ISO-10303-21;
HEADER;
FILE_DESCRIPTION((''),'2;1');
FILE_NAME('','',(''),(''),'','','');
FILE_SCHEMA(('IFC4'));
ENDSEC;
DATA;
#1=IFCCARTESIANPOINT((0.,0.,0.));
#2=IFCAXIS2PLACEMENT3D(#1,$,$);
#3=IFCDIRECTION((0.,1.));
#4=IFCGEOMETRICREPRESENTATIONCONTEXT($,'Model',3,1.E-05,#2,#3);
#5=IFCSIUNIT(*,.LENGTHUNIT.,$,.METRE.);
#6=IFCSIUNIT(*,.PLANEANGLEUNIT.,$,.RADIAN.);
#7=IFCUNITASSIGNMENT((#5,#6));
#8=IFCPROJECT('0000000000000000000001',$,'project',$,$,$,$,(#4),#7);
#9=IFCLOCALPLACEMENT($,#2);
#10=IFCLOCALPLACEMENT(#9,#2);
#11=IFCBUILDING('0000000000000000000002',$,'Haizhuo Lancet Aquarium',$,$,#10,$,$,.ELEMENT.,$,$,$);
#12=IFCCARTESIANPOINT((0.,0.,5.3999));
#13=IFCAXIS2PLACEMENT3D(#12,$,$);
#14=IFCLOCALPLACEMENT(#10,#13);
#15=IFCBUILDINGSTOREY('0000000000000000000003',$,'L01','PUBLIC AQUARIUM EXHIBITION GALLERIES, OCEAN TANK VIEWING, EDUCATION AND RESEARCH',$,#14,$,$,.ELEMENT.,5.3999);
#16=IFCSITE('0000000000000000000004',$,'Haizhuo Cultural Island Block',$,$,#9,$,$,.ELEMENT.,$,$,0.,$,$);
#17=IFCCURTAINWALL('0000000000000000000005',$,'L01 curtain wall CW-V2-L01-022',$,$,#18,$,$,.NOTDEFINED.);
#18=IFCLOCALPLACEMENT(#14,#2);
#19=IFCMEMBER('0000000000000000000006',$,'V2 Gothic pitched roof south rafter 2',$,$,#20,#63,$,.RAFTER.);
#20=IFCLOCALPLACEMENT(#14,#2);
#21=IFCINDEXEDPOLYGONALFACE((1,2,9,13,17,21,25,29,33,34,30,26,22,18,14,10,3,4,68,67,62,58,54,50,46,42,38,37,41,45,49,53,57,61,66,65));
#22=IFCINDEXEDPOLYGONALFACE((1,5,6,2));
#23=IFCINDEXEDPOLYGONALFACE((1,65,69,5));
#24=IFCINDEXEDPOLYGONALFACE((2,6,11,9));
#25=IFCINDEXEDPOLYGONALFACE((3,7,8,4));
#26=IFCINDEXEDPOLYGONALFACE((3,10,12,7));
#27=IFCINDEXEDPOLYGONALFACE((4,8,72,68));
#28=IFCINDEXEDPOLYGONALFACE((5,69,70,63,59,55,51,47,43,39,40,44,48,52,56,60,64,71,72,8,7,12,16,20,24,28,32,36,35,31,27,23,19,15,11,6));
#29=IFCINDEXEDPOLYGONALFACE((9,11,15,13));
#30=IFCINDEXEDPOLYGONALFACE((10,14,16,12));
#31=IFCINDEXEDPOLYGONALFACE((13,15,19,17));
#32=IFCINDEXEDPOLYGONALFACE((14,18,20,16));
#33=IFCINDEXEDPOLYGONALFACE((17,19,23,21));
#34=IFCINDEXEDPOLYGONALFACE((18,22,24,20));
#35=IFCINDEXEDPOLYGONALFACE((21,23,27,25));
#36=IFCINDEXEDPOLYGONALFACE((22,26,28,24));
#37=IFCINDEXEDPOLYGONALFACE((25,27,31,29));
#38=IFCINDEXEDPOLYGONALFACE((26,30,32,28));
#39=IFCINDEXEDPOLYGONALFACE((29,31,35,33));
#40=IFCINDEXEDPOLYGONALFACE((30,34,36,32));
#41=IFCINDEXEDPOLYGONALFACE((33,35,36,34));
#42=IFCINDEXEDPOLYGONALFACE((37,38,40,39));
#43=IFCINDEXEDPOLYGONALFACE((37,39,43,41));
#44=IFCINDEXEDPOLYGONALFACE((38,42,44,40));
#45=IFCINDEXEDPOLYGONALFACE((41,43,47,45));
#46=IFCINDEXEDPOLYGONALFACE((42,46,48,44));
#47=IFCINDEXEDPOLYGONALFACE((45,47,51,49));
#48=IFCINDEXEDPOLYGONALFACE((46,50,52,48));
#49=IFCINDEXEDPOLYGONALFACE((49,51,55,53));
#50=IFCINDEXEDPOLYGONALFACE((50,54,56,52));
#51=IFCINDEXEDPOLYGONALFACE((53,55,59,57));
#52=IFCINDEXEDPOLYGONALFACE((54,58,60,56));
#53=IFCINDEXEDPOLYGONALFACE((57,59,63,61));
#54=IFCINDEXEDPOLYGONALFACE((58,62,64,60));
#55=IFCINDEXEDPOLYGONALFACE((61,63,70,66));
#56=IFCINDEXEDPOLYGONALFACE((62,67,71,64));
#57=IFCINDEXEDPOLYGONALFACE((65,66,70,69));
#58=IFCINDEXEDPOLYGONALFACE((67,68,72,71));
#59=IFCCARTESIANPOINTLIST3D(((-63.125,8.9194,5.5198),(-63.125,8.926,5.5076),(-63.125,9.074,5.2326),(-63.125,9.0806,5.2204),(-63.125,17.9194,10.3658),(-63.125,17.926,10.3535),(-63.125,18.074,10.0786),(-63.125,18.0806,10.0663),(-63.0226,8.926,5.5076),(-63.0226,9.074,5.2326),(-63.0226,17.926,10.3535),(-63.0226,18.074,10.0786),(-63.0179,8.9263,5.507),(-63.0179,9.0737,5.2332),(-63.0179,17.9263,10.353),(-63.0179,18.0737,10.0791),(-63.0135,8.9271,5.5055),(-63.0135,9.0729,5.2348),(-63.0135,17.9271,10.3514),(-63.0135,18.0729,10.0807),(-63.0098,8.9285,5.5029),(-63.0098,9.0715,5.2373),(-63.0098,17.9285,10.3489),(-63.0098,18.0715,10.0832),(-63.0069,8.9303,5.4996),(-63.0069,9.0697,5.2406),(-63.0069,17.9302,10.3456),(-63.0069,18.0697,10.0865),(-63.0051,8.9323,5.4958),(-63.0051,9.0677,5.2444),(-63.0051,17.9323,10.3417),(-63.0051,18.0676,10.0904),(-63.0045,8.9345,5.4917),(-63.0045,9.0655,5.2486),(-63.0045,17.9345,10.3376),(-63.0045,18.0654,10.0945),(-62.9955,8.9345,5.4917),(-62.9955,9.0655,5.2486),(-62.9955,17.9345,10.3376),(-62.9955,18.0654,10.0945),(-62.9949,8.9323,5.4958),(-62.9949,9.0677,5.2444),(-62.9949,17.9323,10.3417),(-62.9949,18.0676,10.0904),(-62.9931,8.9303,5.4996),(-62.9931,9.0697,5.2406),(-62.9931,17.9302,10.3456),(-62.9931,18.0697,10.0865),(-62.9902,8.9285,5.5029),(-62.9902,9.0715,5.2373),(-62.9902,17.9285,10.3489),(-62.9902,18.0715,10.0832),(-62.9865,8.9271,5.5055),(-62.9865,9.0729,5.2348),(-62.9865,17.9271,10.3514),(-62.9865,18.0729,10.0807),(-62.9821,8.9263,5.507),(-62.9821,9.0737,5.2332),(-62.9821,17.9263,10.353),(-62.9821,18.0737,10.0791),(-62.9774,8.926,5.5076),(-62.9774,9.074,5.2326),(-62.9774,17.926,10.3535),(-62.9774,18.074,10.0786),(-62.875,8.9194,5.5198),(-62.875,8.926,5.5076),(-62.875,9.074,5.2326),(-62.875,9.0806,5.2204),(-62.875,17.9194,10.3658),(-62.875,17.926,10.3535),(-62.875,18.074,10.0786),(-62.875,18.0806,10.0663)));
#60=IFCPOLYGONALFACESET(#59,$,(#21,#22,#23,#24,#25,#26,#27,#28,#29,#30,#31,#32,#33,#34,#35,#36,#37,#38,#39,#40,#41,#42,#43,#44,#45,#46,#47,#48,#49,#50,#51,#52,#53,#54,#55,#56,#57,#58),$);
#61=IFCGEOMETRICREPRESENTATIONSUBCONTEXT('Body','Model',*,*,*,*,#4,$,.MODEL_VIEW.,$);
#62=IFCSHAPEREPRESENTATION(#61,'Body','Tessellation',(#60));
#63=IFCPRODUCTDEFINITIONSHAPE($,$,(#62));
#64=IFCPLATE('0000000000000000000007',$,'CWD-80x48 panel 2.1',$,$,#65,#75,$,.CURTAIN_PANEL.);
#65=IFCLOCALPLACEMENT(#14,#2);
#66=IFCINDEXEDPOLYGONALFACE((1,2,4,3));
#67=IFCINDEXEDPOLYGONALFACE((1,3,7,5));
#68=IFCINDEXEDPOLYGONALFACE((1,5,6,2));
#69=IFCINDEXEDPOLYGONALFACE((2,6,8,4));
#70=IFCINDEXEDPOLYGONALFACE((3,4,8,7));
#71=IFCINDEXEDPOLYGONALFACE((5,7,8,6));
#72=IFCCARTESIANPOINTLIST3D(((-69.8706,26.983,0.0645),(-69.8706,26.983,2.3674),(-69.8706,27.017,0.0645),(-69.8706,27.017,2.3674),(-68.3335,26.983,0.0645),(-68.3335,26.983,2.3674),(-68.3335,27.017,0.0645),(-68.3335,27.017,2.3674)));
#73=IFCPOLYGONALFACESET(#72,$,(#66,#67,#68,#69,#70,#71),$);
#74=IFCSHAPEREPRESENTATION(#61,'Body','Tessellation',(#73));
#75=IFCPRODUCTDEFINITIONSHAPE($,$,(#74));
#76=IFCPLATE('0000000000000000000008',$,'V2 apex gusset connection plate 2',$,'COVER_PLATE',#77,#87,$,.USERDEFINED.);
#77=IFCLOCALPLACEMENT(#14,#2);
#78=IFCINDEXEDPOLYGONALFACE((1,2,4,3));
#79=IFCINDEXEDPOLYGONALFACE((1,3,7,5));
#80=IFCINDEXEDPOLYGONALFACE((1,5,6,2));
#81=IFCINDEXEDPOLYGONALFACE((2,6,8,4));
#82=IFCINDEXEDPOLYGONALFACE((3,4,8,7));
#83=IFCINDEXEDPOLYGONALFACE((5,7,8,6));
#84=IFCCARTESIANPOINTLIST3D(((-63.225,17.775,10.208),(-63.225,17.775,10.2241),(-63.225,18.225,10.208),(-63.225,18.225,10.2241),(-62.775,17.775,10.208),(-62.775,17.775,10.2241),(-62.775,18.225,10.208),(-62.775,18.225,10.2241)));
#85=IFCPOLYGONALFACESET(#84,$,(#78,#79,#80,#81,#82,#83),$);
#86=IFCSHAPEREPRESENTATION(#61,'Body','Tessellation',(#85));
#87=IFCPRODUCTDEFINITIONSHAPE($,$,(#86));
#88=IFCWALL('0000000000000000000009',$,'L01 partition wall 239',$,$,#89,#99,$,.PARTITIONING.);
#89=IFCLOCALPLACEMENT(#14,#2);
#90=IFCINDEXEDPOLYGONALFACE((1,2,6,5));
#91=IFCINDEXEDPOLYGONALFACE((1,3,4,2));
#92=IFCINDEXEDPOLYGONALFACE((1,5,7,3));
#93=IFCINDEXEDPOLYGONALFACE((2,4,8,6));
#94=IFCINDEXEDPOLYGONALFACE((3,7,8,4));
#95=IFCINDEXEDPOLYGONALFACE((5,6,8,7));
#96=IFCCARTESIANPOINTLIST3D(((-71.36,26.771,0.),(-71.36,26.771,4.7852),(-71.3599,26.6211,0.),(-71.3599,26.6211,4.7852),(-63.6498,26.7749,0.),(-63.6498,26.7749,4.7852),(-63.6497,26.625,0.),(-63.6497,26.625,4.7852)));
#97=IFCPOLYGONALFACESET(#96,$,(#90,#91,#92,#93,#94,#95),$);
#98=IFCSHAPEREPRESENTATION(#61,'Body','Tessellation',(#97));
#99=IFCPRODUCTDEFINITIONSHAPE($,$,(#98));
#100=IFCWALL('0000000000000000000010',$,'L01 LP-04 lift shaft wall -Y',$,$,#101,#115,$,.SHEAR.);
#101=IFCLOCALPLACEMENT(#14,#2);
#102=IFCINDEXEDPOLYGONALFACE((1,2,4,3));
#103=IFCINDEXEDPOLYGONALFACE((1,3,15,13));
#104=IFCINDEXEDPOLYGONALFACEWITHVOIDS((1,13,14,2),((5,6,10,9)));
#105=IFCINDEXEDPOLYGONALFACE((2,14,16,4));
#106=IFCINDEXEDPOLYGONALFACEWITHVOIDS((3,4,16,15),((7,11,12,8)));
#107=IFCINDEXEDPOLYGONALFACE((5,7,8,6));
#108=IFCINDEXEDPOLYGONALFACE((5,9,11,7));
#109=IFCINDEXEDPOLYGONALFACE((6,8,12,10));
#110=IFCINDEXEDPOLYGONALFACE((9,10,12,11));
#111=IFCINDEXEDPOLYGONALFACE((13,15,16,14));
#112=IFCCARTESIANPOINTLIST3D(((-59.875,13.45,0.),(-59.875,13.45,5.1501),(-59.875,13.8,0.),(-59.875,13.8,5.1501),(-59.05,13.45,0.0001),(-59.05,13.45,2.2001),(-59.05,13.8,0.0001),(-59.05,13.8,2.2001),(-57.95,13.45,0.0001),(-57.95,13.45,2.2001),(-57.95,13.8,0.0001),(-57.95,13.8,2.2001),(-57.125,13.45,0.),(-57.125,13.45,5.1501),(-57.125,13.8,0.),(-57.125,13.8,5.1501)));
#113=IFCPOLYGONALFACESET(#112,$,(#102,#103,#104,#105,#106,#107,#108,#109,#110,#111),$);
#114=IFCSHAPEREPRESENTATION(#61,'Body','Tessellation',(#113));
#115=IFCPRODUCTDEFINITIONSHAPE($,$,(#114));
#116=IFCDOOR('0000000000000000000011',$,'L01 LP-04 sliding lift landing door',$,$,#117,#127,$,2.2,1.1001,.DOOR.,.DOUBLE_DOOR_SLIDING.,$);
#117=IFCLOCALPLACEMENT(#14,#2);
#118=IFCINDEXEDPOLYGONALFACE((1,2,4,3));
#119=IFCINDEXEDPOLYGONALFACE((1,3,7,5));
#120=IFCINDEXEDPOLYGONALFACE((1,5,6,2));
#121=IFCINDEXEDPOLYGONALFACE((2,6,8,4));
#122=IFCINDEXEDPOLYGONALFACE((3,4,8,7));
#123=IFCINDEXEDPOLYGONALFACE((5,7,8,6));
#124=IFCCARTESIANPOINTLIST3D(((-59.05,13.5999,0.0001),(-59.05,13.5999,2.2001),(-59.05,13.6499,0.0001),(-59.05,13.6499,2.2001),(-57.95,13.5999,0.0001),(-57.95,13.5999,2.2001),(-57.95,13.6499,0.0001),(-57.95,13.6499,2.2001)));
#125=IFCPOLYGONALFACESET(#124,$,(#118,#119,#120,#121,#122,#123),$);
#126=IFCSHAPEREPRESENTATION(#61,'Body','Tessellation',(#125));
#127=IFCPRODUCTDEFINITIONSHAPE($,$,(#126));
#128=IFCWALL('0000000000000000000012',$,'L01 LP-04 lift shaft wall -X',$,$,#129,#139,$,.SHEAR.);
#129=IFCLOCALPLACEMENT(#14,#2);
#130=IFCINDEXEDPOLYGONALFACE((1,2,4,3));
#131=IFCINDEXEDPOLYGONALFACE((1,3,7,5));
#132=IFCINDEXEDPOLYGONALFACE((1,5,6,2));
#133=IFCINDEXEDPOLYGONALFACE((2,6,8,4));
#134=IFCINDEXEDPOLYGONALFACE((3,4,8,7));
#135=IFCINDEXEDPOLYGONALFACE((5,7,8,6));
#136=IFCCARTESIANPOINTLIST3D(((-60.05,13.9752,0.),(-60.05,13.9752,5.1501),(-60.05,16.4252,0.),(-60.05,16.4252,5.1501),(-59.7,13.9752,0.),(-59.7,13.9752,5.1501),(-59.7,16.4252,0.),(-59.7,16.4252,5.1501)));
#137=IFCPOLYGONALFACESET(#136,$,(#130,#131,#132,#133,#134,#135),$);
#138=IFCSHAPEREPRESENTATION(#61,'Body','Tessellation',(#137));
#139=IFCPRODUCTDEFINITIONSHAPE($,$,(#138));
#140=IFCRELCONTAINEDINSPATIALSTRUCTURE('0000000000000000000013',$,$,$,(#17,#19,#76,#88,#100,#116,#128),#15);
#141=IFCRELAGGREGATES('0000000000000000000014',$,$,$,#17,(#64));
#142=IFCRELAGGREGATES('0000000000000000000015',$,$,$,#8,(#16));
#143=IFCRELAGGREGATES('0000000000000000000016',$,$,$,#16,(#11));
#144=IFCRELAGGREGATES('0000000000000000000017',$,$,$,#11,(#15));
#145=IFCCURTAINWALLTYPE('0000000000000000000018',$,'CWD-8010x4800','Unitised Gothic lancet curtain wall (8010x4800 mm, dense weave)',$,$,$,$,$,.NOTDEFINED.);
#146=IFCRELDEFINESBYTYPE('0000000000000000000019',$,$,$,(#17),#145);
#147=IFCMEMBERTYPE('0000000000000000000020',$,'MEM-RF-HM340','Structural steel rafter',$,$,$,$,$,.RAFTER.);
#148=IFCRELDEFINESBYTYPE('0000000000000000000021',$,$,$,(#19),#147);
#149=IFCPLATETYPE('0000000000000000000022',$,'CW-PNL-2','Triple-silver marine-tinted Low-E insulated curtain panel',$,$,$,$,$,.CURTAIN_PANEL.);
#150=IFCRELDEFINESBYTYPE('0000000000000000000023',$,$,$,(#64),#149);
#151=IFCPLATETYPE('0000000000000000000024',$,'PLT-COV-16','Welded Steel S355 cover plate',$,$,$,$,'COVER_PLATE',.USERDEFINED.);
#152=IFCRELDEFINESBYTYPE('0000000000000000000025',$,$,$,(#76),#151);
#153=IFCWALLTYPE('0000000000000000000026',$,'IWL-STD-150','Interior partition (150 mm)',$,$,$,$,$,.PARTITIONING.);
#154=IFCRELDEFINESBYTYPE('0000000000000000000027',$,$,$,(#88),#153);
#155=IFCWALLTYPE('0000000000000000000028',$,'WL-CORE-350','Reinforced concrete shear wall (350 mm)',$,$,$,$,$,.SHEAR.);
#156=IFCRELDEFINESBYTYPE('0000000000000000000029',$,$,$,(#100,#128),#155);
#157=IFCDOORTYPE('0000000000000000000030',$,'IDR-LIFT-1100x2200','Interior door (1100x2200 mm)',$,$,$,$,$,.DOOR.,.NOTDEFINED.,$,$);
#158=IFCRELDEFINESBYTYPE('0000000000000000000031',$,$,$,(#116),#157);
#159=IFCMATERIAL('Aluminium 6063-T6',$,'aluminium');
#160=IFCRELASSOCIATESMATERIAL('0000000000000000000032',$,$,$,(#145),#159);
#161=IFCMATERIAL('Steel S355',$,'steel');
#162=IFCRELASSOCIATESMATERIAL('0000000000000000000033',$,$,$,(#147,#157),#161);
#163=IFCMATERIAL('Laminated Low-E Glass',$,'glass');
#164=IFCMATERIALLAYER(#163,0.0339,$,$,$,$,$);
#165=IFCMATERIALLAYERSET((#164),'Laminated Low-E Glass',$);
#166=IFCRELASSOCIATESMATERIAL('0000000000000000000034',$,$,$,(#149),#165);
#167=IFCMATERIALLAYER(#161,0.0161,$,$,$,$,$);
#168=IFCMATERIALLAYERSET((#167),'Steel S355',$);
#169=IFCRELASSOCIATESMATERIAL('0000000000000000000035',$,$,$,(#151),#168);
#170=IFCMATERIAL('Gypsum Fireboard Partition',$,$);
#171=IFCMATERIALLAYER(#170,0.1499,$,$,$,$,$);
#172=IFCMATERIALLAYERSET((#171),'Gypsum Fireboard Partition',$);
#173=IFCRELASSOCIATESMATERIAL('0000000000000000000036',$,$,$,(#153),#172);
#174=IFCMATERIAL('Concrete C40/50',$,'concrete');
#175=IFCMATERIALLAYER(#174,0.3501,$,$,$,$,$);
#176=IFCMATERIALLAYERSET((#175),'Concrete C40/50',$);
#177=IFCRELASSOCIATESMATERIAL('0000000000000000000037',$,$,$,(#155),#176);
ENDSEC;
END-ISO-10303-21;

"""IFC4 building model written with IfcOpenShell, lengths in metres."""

from ifc_helpers import new_model, si_unit, direction, frame, frame_2d, origin, origin_2d, place, context, subcontext, project, spatial, rectangle, i_section, extrude, material, layer, layer_set, material_profile, profile_set, type_object, element, fill, aggregate, save


model = new_model("IFC4")

# Units and contexts
model_context = context("Model", 3, precision=1e-05, world=origin(), true_north=direction((0.0, 1.0)))
body_context = subcontext(model_context, "Body", "Model", "MODEL_VIEW")
ifc_project = project(units=[si_unit("LENGTHUNIT", "METRE"), si_unit("PLANEANGLEUNIT", "RADIAN")], contexts=[model_context])

# Site, building, storey
site_placement = place(None, origin())
site = spatial("IfcSite", under=ifc_project, at=site_placement, Name="Haizhuo Cultural Island Block", CompositionType="ELEMENT", RefElevation=0.0)
building_placement = place(site_placement, origin())
building = spatial("IfcBuilding", under=site, at=building_placement, Name="Haizhuo Lancet Aquarium", CompositionType="ELEMENT")
storey_placement = place(building_placement, frame((0.0, 0.0, 5.3999)))
storey = spatial("IfcBuildingStorey", under=building, at=storey_placement, Name="L01", Description="PUBLIC AQUARIUM EXHIBITION GALLERIES, OCEAN TANK VIEWING, EDUCATION AND RESEARCH", CompositionType="ELEMENT", Elevation=5.3999)

# Shared definitions
ifc_material_1 = material(Name="Concrete C40/50", Category="concrete")

# Shared definitions
ifc_material_2 = material(Name="Steel S355", Category="steel")

# Shared definitions
ifc_material_3 = material(Name="Aluminium 6063-T6", Category="aluminium")

# Curtain wall
curtain_wall_type_1 = type_object("IfcCurtainWallType", Name="CWD-8010x4800", Description="Unitised Gothic lancet curtain wall (8010x4800 mm, dense weave)", PredefinedType="NOTDEFINED", material=ifc_material_3)
curtain_wall_1_placement = place(storey_placement, origin())
curtain_wall_1 = element("IfcCurtainWall", 1, at=curtain_wall_1_placement, inside=storey, type_object=curtain_wall_type_1, Name="L01 curtain wall CW-V2-L01-022", PredefinedType="NOTDEFINED")

# Member
ifc_material_profile_1 = material_profile(ifc_material_2, i_section(OverallWidth=0.25, OverallDepth=0.3401, WebThickness=0.009, FlangeThickness=0.0139, FilletRadius=0.0181, at=origin_2d()), Name="HM 340x250x9x14")
ifc_profile_set_1 = profile_set([ifc_material_profile_1], Name="Steel S355")
member_type_1 = type_object("IfcMemberType", Name="MEM-RF-HM340", Description="Structural steel rafter", PredefinedType="RAFTER", material=ifc_profile_set_1)
member_1_placement = place(storey_placement, frame((-63.0, 9.0, 5.3701), z_axis=(0.0, 0.88048, 0.474084), x_axis=(-1.0, 0.0, 0.0)))
element("IfcMember", 2, at=member_1_placement, inside=storey, type_object=member_type_1, Name="V2 Gothic pitched roof south rafter 2", PredefinedType="RAFTER", context=body_context, shape_type="SweptSolid", body=[
    extrude(i_section(OverallWidth=0.25, OverallDepth=0.3401, WebThickness=0.009, FlangeThickness=0.0139, FilletRadius=0.0181, at=origin_2d()), origin(), (0.0, 0.0, 1.0), 10.2217),
])

# Plates
ifc_material_4 = material(Name="Laminated Low-E Glass", Category="glass")
ifc_layer_1 = layer(ifc_material_4, 0.0339)
ifc_layer_set_1 = layer_set([ifc_layer_1], Name="Laminated Low-E Glass")
plate_type_1 = type_object("IfcPlateType", Name="CW-PNL-2", Description="Triple-silver marine-tinted Low-E insulated curtain panel", PredefinedType="CURTAIN_PANEL", material=ifc_layer_set_1)
plate_1_placement = place(storey_placement, frame((-69.1021, 27.0, 0.0645), z_axis=(0.0, 0.0, 1.0), x_axis=(1.0, 0.0, 0.0)))
plate_1 = element("IfcPlate", 3, at=plate_1_placement, type_object=plate_type_1, Name="CWD-80x48 panel 2.1", PredefinedType="CURTAIN_PANEL", context=body_context, shape_type="SweptSolid", body=[
    extrude(rectangle(XDim=1.5371, YDim=0.0339, at=origin_2d()), origin(), (0.0, 0.0, 1.0), 2.303),
])
aggregate(curtain_wall_1, [plate_1])
ifc_layer_2 = layer(ifc_material_2, 0.0161)
ifc_layer_set_2 = layer_set([ifc_layer_2], Name="Steel S355")
plate_type_2 = type_object("IfcPlateType", Name="PLT-COV-16", Description="Welded Steel S355 cover plate", ElementType="COVER_PLATE", PredefinedType="USERDEFINED", material=ifc_layer_set_2)
plate_2_placement = place(storey_placement, frame((-63.0, 18.0, 10.208), z_axis=(0.0, 0.0, 1.0), x_axis=(1.0, 0.0, 0.0)))
element("IfcPlate", 4, at=plate_2_placement, inside=storey, type_object=plate_type_2, Name="V2 apex gusset connection plate 2", ObjectType="COVER_PLATE", PredefinedType="USERDEFINED", context=body_context, shape_type="SweptSolid", body=[
    extrude(rectangle(XDim=0.45, YDim=0.45, at=origin_2d()), origin(), (0.0, 0.0, 1.0), 0.0161),
])

# Wall
ifc_material_5 = material(Name="Gypsum Fireboard Partition")
ifc_layer_3 = layer(ifc_material_5, 0.1499)
ifc_layer_set_3 = layer_set([ifc_layer_3], Name="Gypsum Fireboard Partition")
wall_type_1 = type_object("IfcWallType", Name="IWL-STD-150", Description="Interior partition (150 mm)", PredefinedType="PARTITIONING", material=ifc_layer_set_3)
wall_1_placement = place(storey_placement, frame((-63.6499, 26.7, 0.0), z_axis=(0.0, 0.0, 1.0), x_axis=(-1.0, -0.000507, 0.0)))
element("IfcWall", 5, at=wall_1_placement, inside=storey, type_object=wall_type_1, Name="L01 partition wall 239", PredefinedType="PARTITIONING", context=body_context, shape_type="SweptSolid", body=[
    extrude(rectangle(XDim=7.7102, YDim=0.1499, at=frame_2d((3.855, 0.0))), origin(), (0.0, 0.0, 1.0), 4.7852),
])

# Wall, opening, door
ifc_layer_4 = layer(ifc_material_1, 0.3501)
ifc_layer_set_4 = layer_set([ifc_layer_4], Name="Concrete C40/50")
wall_type_2 = type_object("IfcWallType", Name="WL-CORE-350", Description="Reinforced concrete shear wall (350 mm)", PredefinedType="SHEAR", material=ifc_layer_set_4)
wall_2_placement = place(storey_placement, frame((-59.875, 13.625, 0.0), z_axis=(0.0, 0.0, 1.0), x_axis=(1.0, 0.0, 0.0)))
wall_2 = element("IfcWall", 6, at=wall_2_placement, inside=storey, type_object=wall_type_2, Name="L01 LP-04 lift shaft wall -Y", PredefinedType="SHEAR", context=body_context, shape_type="SweptSolid", body=[
    extrude(rectangle(XDim=2.75, YDim=0.3501, at=frame_2d((1.375, 0.0))), origin(), (0.0, 0.0, 1.0), 5.1501),
])
opening_placement = place(wall_2_placement, frame((0.825, 0.0, 0.0)))
opening = element("IfcOpeningElement", 7, at=opening_placement, cuts=wall_2, PredefinedType="OPENING", context=body_context, shape_type="SweptSolid", body=[
    extrude(rectangle(XDim=1.1001, YDim=2.2, at=frame_2d((0.55, 1.1001))), frame((0.0, 0.1851, 0.0), z_axis=(0.0, -1.0, 0.0), x_axis=(1.0, 0.0, 0.0)), (0.0, 0.0, 1.0), 0.3701),
])
door_type = type_object("IfcDoorType", Name="IDR-LIFT-1100x2200", Description="Interior door (1100x2200 mm)", OperationType="NOTDEFINED", PredefinedType="DOOR", material=ifc_material_2)
door_placement = place(opening_placement, origin())
door = element("IfcDoor", 8, at=door_placement, inside=storey, type_object=door_type, Name="L01 LP-04 sliding lift landing door", OperationType="DOUBLE_DOOR_SLIDING", OverallHeight=2.2, OverallWidth=1.1001, PredefinedType="DOOR", context=body_context, shape_type="SweptSolid", body=[
    extrude(rectangle(XDim=1.1001, YDim=2.2, at=frame_2d((0.55, 1.1001))), frame((0.0, 0.0249, 0.0), z_axis=(0.0, -1.0, 0.0), x_axis=(1.0, 0.0, 0.0)), (0.0, 0.0, 1.0), 0.05),
])
fill(opening, door)

# Wall
wall_3_placement = place(storey_placement, frame((-59.875, 13.9751, 0.0), z_axis=(0.0, 0.0, 1.0), x_axis=(0.0, 1.0, 0.0)))
element("IfcWall", 9, at=wall_3_placement, inside=storey, type_object=wall_type_2, Name="L01 LP-04 lift shaft wall -X", PredefinedType="SHEAR", context=body_context, shape_type="SweptSolid", body=[
    extrude(rectangle(XDim=2.45, YDim=0.3501, at=frame_2d((1.2251, 0.0))), origin(), (0.0, 0.0, 1.0), 5.1501),
])

save(model, "model.ifc")
